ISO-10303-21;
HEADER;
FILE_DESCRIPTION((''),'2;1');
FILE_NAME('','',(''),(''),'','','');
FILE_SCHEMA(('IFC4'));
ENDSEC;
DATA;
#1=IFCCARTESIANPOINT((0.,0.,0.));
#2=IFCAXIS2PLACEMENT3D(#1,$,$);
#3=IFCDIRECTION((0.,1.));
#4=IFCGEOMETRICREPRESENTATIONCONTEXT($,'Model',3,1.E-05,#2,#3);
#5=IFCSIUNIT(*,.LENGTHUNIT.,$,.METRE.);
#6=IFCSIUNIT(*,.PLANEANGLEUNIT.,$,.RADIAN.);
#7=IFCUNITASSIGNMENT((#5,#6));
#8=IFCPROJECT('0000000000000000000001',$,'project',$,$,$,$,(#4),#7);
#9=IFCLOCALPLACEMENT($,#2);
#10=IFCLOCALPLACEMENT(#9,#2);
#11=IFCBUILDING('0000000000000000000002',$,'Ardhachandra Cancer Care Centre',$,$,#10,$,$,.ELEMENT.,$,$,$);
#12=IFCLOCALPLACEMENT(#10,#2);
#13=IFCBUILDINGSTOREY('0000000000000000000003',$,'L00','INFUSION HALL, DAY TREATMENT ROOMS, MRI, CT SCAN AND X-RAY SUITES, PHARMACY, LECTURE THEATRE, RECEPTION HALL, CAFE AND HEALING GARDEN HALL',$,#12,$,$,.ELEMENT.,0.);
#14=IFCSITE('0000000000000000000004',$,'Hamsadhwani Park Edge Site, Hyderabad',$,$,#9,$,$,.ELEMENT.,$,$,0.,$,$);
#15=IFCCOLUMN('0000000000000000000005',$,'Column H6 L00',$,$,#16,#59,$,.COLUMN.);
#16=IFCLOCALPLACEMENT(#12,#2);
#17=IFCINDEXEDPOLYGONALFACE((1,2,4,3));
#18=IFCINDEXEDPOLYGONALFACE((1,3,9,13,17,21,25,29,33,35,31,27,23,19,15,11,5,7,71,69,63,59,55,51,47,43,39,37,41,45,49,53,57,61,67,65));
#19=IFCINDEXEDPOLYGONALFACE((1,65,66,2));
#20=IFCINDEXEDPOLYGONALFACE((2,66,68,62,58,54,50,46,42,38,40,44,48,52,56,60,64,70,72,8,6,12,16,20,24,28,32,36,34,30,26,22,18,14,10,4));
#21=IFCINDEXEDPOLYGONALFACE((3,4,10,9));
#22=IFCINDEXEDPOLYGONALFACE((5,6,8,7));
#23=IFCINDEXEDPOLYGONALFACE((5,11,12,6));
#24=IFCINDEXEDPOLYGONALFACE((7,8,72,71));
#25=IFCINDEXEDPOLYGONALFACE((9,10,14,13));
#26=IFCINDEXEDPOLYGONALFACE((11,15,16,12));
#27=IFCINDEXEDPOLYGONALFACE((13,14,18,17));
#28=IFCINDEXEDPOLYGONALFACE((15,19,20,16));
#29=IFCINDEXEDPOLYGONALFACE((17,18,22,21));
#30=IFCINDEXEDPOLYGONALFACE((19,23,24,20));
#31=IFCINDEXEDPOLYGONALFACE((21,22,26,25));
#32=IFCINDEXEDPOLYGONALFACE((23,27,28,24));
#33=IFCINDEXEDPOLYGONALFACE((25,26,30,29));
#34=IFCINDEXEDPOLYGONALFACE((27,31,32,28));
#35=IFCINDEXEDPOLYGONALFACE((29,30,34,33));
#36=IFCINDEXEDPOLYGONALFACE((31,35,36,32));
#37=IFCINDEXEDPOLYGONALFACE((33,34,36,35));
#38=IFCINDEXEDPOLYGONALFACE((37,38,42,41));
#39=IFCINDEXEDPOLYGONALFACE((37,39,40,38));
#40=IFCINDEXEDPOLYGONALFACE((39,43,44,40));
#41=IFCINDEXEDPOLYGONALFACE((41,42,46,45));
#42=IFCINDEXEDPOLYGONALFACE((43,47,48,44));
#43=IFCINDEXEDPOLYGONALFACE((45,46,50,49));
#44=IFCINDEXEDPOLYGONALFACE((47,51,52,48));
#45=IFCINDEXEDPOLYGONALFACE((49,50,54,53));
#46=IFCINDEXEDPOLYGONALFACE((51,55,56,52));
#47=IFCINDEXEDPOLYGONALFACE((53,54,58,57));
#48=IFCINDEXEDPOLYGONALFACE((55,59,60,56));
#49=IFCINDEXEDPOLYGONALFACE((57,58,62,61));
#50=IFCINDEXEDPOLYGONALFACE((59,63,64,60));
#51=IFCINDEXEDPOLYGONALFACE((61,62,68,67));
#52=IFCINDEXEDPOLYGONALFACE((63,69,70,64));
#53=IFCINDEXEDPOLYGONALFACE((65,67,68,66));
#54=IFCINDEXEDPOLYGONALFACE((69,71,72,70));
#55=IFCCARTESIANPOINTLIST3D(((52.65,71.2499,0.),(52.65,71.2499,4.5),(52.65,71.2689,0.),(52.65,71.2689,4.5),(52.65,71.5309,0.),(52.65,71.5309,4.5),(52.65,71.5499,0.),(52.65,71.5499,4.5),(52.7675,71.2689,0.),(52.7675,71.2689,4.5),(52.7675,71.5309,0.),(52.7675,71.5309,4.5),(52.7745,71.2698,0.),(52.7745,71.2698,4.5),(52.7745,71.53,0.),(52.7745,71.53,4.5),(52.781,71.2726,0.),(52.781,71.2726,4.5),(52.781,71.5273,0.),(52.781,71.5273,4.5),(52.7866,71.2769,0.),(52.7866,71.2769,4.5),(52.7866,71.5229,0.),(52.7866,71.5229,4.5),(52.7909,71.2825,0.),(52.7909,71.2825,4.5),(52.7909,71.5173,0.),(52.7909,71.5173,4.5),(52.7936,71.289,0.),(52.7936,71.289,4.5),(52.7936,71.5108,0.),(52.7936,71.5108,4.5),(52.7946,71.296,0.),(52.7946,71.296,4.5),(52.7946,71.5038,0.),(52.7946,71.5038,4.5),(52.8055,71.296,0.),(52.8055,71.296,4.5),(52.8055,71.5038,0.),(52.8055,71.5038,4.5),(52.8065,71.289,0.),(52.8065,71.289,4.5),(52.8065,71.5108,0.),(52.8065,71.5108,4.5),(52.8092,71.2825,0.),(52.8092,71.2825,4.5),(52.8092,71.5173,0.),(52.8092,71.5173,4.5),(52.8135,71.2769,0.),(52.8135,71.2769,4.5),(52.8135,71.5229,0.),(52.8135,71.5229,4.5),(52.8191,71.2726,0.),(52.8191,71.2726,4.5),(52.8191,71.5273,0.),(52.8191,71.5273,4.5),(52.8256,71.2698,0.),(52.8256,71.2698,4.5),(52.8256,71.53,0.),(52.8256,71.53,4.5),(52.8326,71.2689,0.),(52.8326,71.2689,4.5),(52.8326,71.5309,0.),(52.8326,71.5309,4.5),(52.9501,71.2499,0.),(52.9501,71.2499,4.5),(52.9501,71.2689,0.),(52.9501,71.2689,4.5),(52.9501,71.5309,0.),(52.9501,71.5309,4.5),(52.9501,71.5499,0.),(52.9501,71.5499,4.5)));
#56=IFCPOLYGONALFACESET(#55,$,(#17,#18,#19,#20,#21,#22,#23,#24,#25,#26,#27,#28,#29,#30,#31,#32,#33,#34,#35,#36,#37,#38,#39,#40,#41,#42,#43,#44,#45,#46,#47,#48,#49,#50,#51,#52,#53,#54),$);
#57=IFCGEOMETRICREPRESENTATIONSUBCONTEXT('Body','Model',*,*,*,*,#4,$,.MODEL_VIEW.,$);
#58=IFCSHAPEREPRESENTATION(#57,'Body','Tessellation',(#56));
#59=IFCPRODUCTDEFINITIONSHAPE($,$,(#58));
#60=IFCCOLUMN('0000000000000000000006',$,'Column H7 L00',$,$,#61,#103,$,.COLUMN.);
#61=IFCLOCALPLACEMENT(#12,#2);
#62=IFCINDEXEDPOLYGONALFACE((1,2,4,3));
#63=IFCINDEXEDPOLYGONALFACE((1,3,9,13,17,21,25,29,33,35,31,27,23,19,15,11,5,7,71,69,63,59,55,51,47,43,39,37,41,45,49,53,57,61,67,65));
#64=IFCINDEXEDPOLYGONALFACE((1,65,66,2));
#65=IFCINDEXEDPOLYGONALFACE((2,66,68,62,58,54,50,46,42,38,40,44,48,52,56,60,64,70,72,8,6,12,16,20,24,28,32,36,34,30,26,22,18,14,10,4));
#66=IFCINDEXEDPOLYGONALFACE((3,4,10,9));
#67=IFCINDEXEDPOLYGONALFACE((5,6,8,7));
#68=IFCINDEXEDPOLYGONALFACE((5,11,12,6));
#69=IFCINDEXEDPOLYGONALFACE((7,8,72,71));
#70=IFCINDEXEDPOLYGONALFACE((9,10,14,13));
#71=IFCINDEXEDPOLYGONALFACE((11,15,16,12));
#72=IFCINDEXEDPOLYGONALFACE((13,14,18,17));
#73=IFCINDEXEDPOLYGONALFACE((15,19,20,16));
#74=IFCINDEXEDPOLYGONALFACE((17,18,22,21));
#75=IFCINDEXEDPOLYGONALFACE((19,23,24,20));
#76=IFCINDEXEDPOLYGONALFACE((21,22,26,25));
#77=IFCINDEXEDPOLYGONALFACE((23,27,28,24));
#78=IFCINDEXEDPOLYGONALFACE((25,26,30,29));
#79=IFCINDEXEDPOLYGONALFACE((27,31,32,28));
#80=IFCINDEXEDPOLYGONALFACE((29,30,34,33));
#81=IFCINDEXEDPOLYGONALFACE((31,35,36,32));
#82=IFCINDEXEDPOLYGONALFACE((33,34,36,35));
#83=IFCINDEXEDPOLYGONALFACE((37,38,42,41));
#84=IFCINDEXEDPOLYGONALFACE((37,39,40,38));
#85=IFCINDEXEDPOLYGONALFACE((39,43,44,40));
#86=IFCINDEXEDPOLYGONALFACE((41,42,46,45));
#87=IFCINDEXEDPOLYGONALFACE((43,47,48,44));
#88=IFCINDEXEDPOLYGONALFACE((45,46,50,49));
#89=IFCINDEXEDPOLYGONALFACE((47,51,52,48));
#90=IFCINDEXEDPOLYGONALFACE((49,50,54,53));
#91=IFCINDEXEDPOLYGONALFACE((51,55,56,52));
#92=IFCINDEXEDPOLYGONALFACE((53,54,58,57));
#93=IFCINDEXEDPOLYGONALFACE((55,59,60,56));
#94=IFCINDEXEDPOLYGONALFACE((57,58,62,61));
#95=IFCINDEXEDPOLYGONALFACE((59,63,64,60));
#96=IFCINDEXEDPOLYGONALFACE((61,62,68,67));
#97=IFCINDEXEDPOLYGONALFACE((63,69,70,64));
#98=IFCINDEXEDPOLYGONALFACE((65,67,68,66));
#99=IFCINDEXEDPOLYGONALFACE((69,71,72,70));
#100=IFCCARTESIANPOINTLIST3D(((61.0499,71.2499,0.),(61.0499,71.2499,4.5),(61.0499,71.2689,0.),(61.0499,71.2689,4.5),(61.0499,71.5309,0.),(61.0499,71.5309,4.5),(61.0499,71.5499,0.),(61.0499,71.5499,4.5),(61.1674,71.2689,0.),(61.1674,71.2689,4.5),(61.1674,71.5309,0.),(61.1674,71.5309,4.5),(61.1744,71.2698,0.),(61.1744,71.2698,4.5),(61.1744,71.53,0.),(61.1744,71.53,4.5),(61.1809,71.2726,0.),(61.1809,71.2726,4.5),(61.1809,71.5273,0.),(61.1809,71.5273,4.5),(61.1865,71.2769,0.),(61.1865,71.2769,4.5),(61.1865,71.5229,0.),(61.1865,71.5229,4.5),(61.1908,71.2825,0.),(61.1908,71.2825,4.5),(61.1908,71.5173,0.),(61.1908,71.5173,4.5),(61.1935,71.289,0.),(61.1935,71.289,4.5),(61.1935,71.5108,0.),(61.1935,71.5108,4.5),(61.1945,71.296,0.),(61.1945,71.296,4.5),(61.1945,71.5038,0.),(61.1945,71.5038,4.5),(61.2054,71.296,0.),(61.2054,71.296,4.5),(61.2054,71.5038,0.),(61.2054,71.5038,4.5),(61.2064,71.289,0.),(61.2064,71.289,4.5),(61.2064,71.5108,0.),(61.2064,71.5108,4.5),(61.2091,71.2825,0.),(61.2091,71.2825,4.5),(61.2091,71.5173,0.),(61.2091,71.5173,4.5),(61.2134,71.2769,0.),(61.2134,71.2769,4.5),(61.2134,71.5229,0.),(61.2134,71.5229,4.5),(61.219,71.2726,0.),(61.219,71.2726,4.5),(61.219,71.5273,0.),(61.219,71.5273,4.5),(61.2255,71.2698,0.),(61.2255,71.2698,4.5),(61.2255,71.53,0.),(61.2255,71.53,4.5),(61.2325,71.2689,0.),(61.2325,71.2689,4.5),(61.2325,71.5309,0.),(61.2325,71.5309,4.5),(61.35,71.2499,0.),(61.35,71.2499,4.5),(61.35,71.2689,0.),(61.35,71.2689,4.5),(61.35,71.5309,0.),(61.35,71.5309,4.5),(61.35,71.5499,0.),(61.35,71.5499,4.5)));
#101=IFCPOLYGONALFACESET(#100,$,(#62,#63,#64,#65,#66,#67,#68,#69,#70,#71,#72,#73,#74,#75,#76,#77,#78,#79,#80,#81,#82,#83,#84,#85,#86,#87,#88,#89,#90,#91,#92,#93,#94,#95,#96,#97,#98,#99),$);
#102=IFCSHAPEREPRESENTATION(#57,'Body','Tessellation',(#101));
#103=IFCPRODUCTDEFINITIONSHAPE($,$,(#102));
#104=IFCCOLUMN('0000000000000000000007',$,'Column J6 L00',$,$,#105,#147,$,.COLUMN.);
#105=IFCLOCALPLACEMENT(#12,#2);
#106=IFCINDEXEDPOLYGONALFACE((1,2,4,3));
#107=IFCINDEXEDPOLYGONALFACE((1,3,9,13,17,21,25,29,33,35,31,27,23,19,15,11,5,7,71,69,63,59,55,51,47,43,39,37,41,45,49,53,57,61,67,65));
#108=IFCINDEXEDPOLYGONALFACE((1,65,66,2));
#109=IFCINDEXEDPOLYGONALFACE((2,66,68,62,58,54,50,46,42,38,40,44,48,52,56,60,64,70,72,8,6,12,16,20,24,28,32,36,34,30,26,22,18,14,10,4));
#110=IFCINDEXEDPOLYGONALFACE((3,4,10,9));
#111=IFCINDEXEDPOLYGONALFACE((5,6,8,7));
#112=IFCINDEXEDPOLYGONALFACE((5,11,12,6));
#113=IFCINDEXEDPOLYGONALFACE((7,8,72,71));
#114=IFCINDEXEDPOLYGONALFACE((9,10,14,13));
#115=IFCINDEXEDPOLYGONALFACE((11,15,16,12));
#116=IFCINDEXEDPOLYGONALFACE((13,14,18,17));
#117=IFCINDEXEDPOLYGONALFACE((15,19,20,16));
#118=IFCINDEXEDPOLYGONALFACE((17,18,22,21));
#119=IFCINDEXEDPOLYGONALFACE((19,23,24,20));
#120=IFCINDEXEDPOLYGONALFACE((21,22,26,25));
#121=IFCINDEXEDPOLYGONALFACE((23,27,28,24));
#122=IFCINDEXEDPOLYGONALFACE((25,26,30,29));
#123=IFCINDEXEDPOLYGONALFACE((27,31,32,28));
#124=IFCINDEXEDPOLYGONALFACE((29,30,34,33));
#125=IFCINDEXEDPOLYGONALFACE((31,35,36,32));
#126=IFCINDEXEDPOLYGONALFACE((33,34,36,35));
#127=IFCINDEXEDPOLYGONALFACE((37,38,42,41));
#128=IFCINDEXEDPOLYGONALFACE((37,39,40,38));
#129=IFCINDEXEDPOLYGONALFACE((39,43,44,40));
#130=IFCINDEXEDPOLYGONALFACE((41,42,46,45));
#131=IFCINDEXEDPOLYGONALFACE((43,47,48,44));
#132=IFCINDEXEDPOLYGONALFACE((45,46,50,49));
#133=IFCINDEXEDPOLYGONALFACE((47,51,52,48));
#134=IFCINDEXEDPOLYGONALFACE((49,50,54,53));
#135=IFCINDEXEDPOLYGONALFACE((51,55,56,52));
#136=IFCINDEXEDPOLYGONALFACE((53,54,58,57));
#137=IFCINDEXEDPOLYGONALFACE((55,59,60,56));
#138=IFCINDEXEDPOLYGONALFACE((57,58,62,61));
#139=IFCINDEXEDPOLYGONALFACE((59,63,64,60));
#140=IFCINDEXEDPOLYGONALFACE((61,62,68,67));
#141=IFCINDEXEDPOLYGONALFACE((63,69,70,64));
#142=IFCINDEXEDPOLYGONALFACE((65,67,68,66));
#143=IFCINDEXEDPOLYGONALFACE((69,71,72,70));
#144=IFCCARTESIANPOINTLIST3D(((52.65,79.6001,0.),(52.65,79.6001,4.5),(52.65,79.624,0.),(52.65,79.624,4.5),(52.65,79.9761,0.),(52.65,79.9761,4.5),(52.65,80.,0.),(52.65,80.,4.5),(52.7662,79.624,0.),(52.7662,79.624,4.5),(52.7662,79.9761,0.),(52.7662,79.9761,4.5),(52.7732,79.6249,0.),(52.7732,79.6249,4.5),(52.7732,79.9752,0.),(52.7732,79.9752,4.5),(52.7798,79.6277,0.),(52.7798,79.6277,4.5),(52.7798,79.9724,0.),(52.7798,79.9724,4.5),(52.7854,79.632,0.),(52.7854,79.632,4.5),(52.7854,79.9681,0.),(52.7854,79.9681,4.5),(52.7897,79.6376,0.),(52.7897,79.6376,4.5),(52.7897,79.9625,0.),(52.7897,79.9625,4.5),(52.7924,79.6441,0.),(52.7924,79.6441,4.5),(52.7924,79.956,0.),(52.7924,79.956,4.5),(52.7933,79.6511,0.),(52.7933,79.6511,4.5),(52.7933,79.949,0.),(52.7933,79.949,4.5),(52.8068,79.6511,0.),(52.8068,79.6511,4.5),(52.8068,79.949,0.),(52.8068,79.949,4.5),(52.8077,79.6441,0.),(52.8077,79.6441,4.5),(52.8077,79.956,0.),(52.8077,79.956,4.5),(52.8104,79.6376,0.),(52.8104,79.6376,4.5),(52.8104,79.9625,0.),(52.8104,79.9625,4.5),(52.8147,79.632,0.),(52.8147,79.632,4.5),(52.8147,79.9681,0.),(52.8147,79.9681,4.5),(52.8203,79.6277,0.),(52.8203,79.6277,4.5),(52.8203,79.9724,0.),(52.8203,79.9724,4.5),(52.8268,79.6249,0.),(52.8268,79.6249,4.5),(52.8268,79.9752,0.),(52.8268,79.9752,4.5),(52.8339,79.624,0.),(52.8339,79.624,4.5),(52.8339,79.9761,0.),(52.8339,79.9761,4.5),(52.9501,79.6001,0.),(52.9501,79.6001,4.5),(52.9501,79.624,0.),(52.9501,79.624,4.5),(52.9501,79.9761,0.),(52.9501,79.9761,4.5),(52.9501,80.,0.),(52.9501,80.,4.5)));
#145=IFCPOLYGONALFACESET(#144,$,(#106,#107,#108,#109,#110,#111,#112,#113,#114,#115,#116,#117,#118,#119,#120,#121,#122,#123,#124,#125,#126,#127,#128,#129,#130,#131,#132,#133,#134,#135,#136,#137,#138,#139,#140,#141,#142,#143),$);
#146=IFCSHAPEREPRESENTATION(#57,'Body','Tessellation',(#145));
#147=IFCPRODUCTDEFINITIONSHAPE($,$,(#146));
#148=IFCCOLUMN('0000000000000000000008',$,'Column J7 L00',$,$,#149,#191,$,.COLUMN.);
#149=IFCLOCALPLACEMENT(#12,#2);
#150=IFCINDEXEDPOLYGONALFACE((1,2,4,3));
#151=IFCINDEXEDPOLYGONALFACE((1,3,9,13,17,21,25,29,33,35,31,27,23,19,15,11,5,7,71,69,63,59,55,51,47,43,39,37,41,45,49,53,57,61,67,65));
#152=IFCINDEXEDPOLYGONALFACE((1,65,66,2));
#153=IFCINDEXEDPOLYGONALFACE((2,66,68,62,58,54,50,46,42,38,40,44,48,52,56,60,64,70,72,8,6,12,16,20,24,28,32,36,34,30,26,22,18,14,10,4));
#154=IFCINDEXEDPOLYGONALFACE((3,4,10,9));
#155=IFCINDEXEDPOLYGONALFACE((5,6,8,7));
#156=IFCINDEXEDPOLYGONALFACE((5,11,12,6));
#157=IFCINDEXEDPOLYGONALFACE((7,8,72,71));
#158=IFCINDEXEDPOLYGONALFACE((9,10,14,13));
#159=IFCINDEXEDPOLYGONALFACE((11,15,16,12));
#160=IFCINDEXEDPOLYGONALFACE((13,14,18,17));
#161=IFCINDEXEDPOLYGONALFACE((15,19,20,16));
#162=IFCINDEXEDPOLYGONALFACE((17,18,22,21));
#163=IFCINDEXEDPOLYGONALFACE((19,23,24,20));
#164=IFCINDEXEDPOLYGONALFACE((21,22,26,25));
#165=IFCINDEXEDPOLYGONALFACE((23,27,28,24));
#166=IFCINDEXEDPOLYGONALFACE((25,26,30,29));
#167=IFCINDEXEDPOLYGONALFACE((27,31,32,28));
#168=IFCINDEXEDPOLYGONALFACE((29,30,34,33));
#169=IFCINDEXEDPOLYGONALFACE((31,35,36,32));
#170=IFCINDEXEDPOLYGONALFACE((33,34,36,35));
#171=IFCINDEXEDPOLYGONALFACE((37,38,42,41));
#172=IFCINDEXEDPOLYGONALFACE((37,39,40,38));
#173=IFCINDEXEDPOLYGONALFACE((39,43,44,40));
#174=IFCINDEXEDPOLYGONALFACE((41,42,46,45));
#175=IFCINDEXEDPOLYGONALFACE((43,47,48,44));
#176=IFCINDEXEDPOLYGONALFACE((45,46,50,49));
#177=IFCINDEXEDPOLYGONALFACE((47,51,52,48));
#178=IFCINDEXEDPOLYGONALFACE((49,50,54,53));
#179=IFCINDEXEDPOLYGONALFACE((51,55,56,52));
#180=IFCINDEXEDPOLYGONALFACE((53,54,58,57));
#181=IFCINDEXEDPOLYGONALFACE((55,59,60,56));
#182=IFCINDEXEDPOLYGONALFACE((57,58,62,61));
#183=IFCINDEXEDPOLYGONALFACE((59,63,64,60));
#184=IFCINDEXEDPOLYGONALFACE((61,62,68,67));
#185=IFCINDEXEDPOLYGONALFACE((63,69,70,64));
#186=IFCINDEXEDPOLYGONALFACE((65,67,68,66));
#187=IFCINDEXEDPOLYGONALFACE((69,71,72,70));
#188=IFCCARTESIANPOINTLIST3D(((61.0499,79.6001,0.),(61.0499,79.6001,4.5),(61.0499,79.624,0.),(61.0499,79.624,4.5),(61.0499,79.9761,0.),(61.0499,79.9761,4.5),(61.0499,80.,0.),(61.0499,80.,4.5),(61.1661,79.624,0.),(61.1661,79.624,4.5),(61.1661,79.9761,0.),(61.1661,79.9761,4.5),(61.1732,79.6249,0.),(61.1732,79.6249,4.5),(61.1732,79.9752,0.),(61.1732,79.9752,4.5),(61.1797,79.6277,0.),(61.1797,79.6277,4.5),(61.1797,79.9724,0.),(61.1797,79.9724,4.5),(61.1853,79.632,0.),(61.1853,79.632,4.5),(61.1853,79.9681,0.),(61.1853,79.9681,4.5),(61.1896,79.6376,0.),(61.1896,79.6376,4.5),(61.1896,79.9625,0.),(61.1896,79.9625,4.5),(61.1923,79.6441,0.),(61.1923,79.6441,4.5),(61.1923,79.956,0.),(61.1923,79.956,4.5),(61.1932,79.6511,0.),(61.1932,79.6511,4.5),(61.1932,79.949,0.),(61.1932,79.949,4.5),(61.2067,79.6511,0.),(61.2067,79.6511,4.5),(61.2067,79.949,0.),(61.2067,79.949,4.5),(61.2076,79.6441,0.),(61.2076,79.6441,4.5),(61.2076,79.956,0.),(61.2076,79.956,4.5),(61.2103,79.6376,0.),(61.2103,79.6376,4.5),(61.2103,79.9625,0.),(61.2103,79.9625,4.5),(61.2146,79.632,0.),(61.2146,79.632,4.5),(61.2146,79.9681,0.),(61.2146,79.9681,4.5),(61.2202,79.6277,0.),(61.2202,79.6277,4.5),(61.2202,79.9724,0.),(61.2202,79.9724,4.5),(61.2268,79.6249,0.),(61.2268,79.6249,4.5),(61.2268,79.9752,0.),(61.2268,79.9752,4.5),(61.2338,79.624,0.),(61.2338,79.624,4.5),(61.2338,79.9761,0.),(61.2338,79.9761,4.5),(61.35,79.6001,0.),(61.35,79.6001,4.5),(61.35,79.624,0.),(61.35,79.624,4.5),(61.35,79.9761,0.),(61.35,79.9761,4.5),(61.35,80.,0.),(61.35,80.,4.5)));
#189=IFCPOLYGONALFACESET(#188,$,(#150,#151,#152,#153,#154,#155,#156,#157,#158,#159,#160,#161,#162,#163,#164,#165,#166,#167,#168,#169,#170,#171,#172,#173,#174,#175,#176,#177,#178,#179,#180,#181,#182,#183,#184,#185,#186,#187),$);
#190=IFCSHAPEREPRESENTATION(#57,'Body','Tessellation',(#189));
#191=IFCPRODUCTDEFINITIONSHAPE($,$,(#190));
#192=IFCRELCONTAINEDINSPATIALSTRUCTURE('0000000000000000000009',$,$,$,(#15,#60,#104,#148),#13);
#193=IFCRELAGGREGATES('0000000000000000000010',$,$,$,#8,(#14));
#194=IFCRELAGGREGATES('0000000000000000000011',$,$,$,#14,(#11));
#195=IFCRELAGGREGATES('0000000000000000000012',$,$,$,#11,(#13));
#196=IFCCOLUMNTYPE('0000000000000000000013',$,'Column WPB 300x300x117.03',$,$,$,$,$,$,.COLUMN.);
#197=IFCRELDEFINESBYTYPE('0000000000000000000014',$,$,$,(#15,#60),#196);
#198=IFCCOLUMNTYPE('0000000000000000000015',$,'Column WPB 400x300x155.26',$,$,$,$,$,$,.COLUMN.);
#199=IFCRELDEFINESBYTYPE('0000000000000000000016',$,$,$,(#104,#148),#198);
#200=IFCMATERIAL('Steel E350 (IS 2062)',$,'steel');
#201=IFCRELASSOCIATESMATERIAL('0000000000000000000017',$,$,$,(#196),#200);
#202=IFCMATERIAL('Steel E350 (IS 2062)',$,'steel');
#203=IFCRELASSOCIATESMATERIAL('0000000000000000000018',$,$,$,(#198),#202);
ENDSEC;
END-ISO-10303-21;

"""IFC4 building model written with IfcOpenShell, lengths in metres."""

from ifc_helpers import new_model, si_unit, direction, frame, origin, origin_2d, place, context, subcontext, project, spatial, i_section, extrude, material, material_profile, profile_set, type_object, element, save


model = new_model("IFC4")

# Units and contexts
model_context = context("Model", 3, precision=1e-05, world=origin(), true_north=direction((0.0, 1.0)))
body_context = subcontext(model_context, "Body", "Model", "MODEL_VIEW")
ifc_project = project(units=[si_unit("LENGTHUNIT", "METRE"), si_unit("PLANEANGLEUNIT", "RADIAN")], contexts=[model_context])

# Site, building, storey
site_placement = place(None, origin())
site = spatial("IfcSite", under=ifc_project, at=site_placement, Name="Hamsadhwani Park Edge Site, Hyderabad", CompositionType="ELEMENT", RefElevation=0.0)
building_placement = place(site_placement, origin())
building = spatial("IfcBuilding", under=site, at=building_placement, Name="Ardhachandra Cancer Care Centre", CompositionType="ELEMENT")
storey_placement = place(building_placement, origin())
storey = spatial("IfcBuildingStorey", under=building, at=storey_placement, Name="L00", Description="INFUSION HALL, DAY TREATMENT ROOMS, MRI, CT SCAN AND X-RAY SUITES, PHARMACY, LECTURE THEATRE, RECEPTION HALL, CAFE AND HEALING GARDEN HALL", CompositionType="ELEMENT", Elevation=0.0)

# Columns
ifc_material_1 = material(Name="Steel E350 (IS 2062)", Category="steel")
ifc_material_profile_1 = material_profile(ifc_material_1, i_section(OverallWidth=0.3, OverallDepth=0.3, WebThickness=0.011, FlangeThickness=0.019, FilletRadius=0.0271, at=origin_2d()), Name="WPB 300x300x117.03")
ifc_profile_set_1 = profile_set([ifc_material_profile_1], Name="Steel E350 (IS 2062)")
column_type_1 = type_object("IfcColumnType", Name="Column WPB 300x300x117.03", PredefinedType="COLUMN", material=ifc_profile_set_1)
for number, where, z_axis, x_axis, name in (
    (1, (52.8, 71.3999, 0.0), (0.0, 0.0, 1.0), (1.0, 0.0, 0.0), "Column H6 L00"),
    (2, (61.2, 71.3999, 0.0), (0.0, 0.0, 1.0), (1.0, 0.0, 0.0), "Column H7 L00"),
):
    element("IfcColumn", number, at=place(storey_placement, frame(where, z_axis=z_axis, x_axis=x_axis)), inside=storey, type_object=column_type_1, Name=name, PredefinedType="COLUMN", context=body_context, shape_type="SweptSolid", body=[
        extrude(i_section(OverallWidth=0.3, OverallDepth=0.3, WebThickness=0.011, FlangeThickness=0.019, FilletRadius=0.0271, at=origin_2d()), origin(), (0.0, 0.0, 1.0), 4.5),
    ])
ifc_material_2 = material(Name="Steel E350 (IS 2062)", Category="steel")
ifc_material_profile_2 = material_profile(ifc_material_2, i_section(OverallWidth=0.3, OverallDepth=0.3999, WebThickness=0.0134, FlangeThickness=0.0239, FilletRadius=0.0271, at=origin_2d()), Name="WPB 400x300x155.26")
ifc_profile_set_2 = profile_set([ifc_material_profile_2], Name="Steel E350 (IS 2062)")
column_type_2 = type_object("IfcColumnType", Name="Column WPB 400x300x155.26", PredefinedType="COLUMN", material=ifc_profile_set_2)
for number, where, z_axis, x_axis, name in (
    (3, (52.8, 79.8, 0.0), (0.0, 0.0, 1.0), (1.0, 0.0, 0.0), "Column J6 L00"),
    (4, (61.2, 79.8, 0.0), (0.0, 0.0, 1.0), (1.0, 0.0, 0.0), "Column J7 L00"),
):
    element("IfcColumn", number, at=place(storey_placement, frame(where, z_axis=z_axis, x_axis=x_axis)), inside=storey, type_object=column_type_2, Name=name, PredefinedType="COLUMN", context=body_context, shape_type="SweptSolid", body=[
        extrude(i_section(OverallWidth=0.3, OverallDepth=0.3999, WebThickness=0.0134, FlangeThickness=0.0239, FilletRadius=0.0271, at=origin_2d()), origin(), (0.0, 0.0, 1.0), 4.5),
    ])

save(model, "model.ifc")
